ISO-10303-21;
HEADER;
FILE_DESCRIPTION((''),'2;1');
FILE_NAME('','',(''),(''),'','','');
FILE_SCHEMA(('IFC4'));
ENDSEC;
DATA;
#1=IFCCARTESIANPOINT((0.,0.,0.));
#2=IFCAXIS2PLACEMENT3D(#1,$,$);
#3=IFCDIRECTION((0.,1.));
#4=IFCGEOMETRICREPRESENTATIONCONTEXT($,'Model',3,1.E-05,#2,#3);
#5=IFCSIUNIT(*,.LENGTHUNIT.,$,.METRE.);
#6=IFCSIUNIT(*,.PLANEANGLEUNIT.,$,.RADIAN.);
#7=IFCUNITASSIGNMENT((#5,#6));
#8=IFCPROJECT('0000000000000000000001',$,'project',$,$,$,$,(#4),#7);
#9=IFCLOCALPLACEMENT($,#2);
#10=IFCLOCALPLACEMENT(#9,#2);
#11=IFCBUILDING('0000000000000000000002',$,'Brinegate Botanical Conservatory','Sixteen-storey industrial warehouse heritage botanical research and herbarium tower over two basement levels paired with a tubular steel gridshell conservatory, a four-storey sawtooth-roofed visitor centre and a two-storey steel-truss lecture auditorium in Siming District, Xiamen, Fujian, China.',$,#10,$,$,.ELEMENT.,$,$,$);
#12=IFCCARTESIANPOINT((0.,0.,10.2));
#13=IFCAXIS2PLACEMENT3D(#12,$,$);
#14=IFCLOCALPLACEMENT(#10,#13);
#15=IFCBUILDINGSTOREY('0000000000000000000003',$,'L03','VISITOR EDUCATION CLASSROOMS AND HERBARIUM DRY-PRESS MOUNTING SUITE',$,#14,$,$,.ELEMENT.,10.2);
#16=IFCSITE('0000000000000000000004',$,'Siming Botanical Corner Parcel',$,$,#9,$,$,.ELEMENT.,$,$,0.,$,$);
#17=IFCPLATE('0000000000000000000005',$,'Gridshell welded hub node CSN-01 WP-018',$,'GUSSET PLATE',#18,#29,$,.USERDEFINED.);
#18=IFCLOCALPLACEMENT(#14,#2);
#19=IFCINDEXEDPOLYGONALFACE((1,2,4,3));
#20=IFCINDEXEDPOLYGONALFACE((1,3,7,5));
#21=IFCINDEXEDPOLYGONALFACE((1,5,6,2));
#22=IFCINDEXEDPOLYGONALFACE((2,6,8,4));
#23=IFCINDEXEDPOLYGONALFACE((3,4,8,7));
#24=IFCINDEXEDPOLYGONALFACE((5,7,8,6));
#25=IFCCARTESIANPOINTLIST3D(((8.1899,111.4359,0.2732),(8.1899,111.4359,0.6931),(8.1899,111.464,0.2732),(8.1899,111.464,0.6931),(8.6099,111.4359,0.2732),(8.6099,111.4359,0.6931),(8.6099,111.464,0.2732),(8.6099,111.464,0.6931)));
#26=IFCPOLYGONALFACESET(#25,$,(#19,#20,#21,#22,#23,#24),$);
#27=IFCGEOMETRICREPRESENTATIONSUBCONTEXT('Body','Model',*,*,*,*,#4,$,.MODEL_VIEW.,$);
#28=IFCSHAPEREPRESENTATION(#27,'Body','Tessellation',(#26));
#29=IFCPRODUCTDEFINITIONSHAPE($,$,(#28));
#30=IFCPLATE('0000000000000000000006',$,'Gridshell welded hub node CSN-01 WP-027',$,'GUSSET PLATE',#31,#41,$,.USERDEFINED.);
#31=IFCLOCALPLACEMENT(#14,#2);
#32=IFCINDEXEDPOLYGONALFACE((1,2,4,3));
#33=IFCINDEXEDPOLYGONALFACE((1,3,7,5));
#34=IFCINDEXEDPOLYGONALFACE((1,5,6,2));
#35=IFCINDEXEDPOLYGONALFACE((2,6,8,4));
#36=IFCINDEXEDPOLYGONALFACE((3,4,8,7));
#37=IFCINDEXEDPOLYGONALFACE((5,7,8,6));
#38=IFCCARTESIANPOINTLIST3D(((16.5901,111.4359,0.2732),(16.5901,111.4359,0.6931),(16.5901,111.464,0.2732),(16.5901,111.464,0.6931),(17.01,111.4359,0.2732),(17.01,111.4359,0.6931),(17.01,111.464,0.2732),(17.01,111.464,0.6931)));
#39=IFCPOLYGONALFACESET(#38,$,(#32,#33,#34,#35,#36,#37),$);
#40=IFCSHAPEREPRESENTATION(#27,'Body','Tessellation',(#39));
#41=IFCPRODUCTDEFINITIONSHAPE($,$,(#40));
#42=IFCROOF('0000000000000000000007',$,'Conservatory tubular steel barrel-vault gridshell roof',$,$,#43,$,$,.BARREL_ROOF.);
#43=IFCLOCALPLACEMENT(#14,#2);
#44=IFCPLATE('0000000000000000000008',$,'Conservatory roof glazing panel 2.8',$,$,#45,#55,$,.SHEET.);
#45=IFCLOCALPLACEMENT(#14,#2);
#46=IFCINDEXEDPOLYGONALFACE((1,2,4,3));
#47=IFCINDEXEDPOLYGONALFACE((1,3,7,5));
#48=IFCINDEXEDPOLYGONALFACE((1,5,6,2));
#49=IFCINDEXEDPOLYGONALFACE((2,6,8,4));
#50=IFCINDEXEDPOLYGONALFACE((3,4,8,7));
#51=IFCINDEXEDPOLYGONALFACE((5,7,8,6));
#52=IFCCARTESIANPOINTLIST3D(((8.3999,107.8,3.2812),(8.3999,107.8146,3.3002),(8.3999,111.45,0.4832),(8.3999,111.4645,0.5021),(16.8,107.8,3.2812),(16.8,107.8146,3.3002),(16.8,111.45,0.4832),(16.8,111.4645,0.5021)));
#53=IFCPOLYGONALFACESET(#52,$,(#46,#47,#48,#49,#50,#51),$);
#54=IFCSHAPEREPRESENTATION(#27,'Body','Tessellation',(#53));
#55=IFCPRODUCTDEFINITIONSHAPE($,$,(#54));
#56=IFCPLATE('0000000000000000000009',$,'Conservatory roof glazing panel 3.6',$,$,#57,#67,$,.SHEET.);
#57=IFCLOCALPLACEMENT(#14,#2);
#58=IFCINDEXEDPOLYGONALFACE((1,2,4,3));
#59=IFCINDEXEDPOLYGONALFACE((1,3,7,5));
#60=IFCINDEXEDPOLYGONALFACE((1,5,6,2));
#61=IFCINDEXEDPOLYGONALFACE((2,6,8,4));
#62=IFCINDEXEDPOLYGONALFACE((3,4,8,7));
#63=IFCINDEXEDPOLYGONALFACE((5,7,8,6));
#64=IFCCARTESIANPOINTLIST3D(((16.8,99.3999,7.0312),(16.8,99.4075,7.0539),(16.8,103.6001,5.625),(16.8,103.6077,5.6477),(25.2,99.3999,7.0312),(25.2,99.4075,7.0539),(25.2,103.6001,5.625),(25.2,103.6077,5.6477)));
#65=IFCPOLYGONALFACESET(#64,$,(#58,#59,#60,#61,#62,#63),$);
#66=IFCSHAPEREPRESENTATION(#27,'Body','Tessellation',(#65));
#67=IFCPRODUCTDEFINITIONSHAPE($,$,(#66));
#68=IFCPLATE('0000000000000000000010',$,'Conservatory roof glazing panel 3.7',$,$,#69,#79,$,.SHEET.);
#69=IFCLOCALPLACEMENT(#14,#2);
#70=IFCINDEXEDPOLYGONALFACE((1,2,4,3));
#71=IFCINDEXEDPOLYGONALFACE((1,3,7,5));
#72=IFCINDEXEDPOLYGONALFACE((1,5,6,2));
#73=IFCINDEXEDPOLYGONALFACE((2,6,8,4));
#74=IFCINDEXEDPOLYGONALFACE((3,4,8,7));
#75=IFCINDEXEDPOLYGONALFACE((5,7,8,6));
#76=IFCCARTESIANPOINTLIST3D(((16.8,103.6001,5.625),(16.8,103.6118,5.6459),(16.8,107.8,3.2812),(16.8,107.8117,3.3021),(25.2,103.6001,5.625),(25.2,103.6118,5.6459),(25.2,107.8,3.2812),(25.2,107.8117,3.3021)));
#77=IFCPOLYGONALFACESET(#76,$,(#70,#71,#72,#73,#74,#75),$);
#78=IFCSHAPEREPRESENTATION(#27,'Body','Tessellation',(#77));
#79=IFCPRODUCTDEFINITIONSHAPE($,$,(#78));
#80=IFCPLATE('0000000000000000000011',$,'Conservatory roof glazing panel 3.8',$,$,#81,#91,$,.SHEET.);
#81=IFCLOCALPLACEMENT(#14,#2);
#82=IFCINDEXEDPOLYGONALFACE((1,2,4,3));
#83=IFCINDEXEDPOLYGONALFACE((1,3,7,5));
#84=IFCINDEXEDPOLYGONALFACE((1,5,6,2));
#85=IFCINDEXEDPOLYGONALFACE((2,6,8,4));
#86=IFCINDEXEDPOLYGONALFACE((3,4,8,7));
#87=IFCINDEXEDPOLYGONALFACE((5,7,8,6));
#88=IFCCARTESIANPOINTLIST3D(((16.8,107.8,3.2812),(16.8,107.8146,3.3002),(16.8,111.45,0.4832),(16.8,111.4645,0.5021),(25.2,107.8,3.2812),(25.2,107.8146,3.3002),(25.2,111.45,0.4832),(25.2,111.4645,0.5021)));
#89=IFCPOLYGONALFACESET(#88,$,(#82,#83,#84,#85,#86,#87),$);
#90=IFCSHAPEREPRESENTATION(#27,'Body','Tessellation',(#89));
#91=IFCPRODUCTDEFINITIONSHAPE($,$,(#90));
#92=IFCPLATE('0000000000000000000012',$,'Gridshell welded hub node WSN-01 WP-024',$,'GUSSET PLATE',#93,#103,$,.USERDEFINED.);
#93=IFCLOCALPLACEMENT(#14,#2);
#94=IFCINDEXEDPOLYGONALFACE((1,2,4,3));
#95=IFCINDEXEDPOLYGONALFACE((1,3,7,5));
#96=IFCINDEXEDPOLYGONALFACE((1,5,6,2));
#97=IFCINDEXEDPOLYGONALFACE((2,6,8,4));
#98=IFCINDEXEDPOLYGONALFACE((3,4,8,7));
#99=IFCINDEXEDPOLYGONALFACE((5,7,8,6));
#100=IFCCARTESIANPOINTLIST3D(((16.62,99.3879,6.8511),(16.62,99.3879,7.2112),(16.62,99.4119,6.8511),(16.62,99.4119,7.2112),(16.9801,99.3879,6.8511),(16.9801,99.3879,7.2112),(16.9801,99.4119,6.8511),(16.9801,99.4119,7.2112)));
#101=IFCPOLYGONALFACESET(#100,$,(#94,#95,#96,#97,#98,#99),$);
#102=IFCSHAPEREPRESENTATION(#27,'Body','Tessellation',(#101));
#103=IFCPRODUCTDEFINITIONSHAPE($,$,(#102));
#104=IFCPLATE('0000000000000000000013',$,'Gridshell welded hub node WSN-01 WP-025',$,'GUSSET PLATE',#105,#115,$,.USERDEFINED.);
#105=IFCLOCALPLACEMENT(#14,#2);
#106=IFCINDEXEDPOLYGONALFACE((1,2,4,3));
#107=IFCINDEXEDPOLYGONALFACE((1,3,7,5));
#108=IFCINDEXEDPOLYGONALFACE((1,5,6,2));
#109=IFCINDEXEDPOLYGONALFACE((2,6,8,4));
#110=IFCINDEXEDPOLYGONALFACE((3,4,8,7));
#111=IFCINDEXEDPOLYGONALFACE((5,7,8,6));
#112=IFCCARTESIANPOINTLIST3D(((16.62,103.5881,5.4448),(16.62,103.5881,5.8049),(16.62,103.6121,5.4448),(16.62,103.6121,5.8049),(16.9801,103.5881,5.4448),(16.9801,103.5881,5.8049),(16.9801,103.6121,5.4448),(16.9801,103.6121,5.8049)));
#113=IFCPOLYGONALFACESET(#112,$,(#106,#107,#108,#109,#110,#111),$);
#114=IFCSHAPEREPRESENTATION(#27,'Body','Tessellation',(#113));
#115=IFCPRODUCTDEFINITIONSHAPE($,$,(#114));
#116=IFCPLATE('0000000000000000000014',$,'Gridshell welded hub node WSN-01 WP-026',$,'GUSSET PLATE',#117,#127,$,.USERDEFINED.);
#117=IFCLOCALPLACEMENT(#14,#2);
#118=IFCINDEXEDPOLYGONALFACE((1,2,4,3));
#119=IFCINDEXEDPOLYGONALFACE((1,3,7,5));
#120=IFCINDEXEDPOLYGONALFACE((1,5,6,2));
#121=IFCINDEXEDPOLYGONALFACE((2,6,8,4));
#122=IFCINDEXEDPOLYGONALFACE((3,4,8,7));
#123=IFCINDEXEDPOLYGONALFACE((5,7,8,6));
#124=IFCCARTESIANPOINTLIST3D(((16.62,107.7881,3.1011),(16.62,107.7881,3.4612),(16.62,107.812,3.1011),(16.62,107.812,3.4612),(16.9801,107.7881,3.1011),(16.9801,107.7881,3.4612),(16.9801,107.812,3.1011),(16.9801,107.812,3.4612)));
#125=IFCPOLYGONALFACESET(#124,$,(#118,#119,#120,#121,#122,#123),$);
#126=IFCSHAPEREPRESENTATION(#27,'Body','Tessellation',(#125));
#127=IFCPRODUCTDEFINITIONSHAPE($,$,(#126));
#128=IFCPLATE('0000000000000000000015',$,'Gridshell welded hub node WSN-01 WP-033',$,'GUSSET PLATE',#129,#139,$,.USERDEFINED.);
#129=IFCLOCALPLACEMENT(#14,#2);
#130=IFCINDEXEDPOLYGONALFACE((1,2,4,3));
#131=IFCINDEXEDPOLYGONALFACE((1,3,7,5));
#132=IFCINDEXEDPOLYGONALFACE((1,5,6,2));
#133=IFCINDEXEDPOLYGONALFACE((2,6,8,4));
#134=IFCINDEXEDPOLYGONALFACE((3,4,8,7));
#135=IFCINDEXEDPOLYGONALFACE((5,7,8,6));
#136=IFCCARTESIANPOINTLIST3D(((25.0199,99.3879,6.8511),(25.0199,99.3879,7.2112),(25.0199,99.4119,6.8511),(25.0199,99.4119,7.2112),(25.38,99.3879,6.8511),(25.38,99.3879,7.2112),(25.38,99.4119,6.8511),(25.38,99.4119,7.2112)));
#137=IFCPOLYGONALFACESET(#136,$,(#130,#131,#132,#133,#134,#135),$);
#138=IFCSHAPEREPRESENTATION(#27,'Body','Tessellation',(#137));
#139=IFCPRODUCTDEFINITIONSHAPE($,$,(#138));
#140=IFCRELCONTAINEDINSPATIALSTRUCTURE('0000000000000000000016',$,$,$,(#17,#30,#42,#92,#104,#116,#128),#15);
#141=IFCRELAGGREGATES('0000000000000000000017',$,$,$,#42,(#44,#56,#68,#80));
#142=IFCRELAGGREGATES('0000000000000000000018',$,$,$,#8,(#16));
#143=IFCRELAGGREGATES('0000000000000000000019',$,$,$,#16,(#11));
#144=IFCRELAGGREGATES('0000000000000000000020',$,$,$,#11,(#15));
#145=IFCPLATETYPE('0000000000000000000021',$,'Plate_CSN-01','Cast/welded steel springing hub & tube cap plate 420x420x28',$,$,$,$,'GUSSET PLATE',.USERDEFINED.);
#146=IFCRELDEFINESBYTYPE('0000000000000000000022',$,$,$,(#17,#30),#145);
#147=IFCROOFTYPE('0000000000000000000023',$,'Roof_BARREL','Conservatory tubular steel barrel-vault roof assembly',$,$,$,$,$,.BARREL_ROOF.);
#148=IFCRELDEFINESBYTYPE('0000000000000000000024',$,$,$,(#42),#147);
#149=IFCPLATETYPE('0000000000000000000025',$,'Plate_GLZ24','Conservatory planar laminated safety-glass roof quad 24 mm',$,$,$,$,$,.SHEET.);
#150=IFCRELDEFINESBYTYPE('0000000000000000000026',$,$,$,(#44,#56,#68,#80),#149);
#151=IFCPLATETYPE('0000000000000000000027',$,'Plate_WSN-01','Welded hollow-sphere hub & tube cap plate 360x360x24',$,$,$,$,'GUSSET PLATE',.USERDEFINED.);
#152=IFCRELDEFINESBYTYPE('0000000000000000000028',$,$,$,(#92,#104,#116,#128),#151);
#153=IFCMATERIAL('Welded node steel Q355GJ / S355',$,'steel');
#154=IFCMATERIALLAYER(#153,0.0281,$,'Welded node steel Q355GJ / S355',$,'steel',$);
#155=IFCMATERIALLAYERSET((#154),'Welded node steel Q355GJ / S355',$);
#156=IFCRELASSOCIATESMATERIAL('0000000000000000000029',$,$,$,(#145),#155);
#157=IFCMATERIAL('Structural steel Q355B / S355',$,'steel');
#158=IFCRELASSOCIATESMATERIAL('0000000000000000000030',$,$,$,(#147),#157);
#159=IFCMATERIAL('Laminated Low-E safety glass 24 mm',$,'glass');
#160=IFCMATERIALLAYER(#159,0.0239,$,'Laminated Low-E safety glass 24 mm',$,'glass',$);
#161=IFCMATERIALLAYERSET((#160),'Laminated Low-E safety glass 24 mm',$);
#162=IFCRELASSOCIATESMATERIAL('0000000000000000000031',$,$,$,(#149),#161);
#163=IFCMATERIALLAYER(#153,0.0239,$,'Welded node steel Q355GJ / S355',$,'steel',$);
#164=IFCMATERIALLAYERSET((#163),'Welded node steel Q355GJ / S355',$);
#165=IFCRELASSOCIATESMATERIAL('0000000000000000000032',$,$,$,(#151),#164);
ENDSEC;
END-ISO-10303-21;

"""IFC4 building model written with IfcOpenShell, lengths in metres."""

from ifc_helpers import new_model, si_unit, direction, frame, origin, origin_2d, place, context, subcontext, project, spatial, polyline, rectangle, outline, extrude, material, layer, layer_set, type_object, element, aggregate, save


model = new_model("IFC4")

# Units and contexts
model_context = context("Model", 3, precision=1e-05, world=origin(), true_north=direction((0.0, 1.0)))
body_context = subcontext(model_context, "Body", "Model", "MODEL_VIEW")
ifc_project = project(units=[si_unit("LENGTHUNIT", "METRE"), si_unit("PLANEANGLEUNIT", "RADIAN")], contexts=[model_context])

# Site, building, storey
site_placement = place(None, origin())
site = spatial("IfcSite", under=ifc_project, at=site_placement, Name="Siming Botanical Corner Parcel", CompositionType="ELEMENT", RefElevation=0.0)
building_placement = place(site_placement, origin())
building = spatial("IfcBuilding", under=site, at=building_placement, Name="Brinegate Botanical Conservatory", Description="Sixteen-storey industrial warehouse heritage botanical research and herbarium tower over two basement levels paired with a tubular steel gridshell conservatory, a four-storey sawtooth-roofed visitor centre and a two-storey steel-truss lecture auditorium in Siming District, Xiamen, Fujian, China.", CompositionType="ELEMENT")
storey_placement = place(building_placement, frame((0.0, 0.0, 10.2)))
storey = spatial("IfcBuildingStorey", under=building, at=storey_placement, Name="L03", Description="VISITOR EDUCATION CLASSROOMS AND HERBARIUM DRY-PRESS MOUNTING SUITE", CompositionType="ELEMENT", Elevation=10.2)

# Shared definitions
ifc_material_1 = material(Name="Structural steel Q355B / S355", Category="steel")

# Plates
ifc_material_2 = material(Name="Welded node steel Q355GJ / S355", Category="steel")
ifc_layer_1 = layer(ifc_material_2, 0.0281, Name="Welded node steel Q355GJ / S355", Category="steel")
ifc_layer_set_1 = layer_set([ifc_layer_1], Name="Welded node steel Q355GJ / S355")
plate_type_1 = type_object("IfcPlateType", Name="Plate_CSN-01", Description="Cast/welded steel springing hub & tube cap plate 420x420x28", ElementType="GUSSET PLATE", PredefinedType="USERDEFINED", material=ifc_layer_set_1)
for number, where, z_axis, x_axis, name in (
    (1, (8.3999, 111.45, 0.2732), (0.0, 0.0, 1.0), (1.0, 0.0, 0.0), "Gridshell welded hub node CSN-01 WP-018"),
    (2, (16.8, 111.45, 0.2732), (0.0, 0.0, 1.0), (1.0, 0.0, 0.0), "Gridshell welded hub node CSN-01 WP-027"),
):
    element("IfcPlate", number, at=place(storey_placement, frame(where, z_axis=z_axis, x_axis=x_axis)), inside=storey, type_object=plate_type_1, Name=name, ObjectType="GUSSET PLATE", PredefinedType="USERDEFINED", context=body_context, shape_type="SweptSolid", body=[
        extrude(rectangle(XDim=0.4199, YDim=0.0281, at=origin_2d()), origin(), (0.0, 0.0, 1.0), 0.4199),
    ])

# Roof, plates
roof_type = type_object("IfcRoofType", Name="Roof_BARREL", Description="Conservatory tubular steel barrel-vault roof assembly", PredefinedType="BARREL_ROOF", material=ifc_material_1)
roof_placement = place(storey_placement, origin())
roof = element("IfcRoof", 3, at=roof_placement, inside=storey, type_object=roof_type, Name="Conservatory tubular steel barrel-vault gridshell roof", PredefinedType="BARREL_ROOF")
ifc_material_3 = material(Name="Laminated Low-E safety glass 24 mm", Category="glass")
ifc_layer_2 = layer(ifc_material_3, 0.0239, Name="Laminated Low-E safety glass 24 mm", Category="glass")
ifc_layer_set_2 = layer_set([ifc_layer_2], Name="Laminated Low-E safety glass 24 mm")
plate_type_2 = type_object("IfcPlateType", Name="Plate_GLZ24", Description="Conservatory planar laminated safety-glass roof quad 24 mm", PredefinedType="SHEET", material=ifc_layer_set_2)
plate_1_placement = place(storey_placement, frame((8.3999, 107.8, 3.2812), z_axis=(0.0, 0.608409, 0.793623), x_axis=(1.0, 0.0, 0.0)))
plate_1 = element("IfcPlate", 4, at=plate_1_placement, type_object=plate_type_2, Name="Conservatory roof glazing panel 2.8", PredefinedType="SHEET", context=body_context, shape_type="SweptSolid", body=[
    extrude(outline(polyline([(0.0, 0.0), (8.4001, 0.0), (8.4001, 4.599), (0.0, 4.599), (0.0, 0.0)])), origin(), (0.0, 0.0, 1.0), 0.0239),
])
plate_2_placement = place(storey_placement, frame((16.8, 99.3999, 7.0312), z_axis=(0.0, 0.317484, 0.948264), x_axis=(1.0, 0.0, 0.0)))
plate_2 = element("IfcPlate", 5, at=plate_2_placement, type_object=plate_type_2, Name="Conservatory roof glazing panel 3.6", PredefinedType="SHEET", context=body_context, shape_type="SweptSolid", body=[
    extrude(outline(polyline([(0.0, 0.0), (8.3999, 0.0), (8.3999, 4.4294), (0.0, 4.4294), (0.0, 0.0)])), origin(), (0.0, 0.0, 1.0), 0.0239),
])
plate_3_placement = place(storey_placement, frame((16.8, 103.6001, 5.625), z_axis=(0.0, 0.487301, 0.873234), x_axis=(1.0, 0.0, 0.0)))
plate_3 = element("IfcPlate", 6, at=plate_3_placement, type_object=plate_type_2, Name="Conservatory roof glazing panel 3.7", PredefinedType="SHEET", context=body_context, shape_type="SweptSolid", body=[
    extrude(outline(polyline([(0.0, 0.0), (8.3999, 0.0), (8.3999, 4.8097), (0.0, 4.8097), (0.0, 0.0)])), origin(), (0.0, 0.0, 1.0), 0.0239),
])
plate_4_placement = place(storey_placement, frame((16.8, 107.8, 3.2812), z_axis=(0.0, 0.608409, 0.793623), x_axis=(1.0, 0.0, 0.0)))
plate_4 = element("IfcPlate", 7, at=plate_4_placement, type_object=plate_type_2, Name="Conservatory roof glazing panel 3.8", PredefinedType="SHEET", context=body_context, shape_type="SweptSolid", body=[
    extrude(outline(polyline([(0.0, 0.0), (8.3999, 0.0), (8.3999, 4.599), (0.0, 4.599), (0.0, 0.0)])), origin(), (0.0, 0.0, 1.0), 0.0239),
])
aggregate(roof, [plate_1, plate_2, plate_3, plate_4])

# Plates
ifc_layer_3 = layer(ifc_material_2, 0.0239, Name="Welded node steel Q355GJ / S355", Category="steel")
ifc_layer_set_3 = layer_set([ifc_layer_3], Name="Welded node steel Q355GJ / S355")
plate_type_3 = type_object("IfcPlateType", Name="Plate_WSN-01", Description="Welded hollow-sphere hub & tube cap plate 360x360x24", ElementType="GUSSET PLATE", PredefinedType="USERDEFINED", material=ifc_layer_set_3)
for number, where, z_axis, x_axis, name in (
    (8, (16.8, 99.3999, 6.8511), (0.0, 0.0, 1.0), (1.0, 0.0, 0.0), "Gridshell welded hub node WSN-01 WP-024"),
    (9, (16.8, 103.6001, 5.4448), (0.0, 0.0, 1.0), (1.0, 0.0, 0.0), "Gridshell welded hub node WSN-01 WP-025"),
    (10, (16.8, 107.8, 3.1011), (0.0, 0.0, 1.0), (1.0, 0.0, 0.0), "Gridshell welded hub node WSN-01 WP-026"),
    (11, (25.2, 99.3999, 6.8511), (0.0, 0.0, 1.0), (1.0, 0.0, 0.0), "Gridshell welded hub node WSN-01 WP-033"),
):
    element("IfcPlate", number, at=place(storey_placement, frame(where, z_axis=z_axis, x_axis=x_axis)), inside=storey, type_object=plate_type_3, Name=name, ObjectType="GUSSET PLATE", PredefinedType="USERDEFINED", context=body_context, shape_type="SweptSolid", body=[
        extrude(rectangle(XDim=0.3601, YDim=0.0239, at=origin_2d()), origin(), (0.0, 0.0, 1.0), 0.3601),
    ])

save(model, "model.ifc")
